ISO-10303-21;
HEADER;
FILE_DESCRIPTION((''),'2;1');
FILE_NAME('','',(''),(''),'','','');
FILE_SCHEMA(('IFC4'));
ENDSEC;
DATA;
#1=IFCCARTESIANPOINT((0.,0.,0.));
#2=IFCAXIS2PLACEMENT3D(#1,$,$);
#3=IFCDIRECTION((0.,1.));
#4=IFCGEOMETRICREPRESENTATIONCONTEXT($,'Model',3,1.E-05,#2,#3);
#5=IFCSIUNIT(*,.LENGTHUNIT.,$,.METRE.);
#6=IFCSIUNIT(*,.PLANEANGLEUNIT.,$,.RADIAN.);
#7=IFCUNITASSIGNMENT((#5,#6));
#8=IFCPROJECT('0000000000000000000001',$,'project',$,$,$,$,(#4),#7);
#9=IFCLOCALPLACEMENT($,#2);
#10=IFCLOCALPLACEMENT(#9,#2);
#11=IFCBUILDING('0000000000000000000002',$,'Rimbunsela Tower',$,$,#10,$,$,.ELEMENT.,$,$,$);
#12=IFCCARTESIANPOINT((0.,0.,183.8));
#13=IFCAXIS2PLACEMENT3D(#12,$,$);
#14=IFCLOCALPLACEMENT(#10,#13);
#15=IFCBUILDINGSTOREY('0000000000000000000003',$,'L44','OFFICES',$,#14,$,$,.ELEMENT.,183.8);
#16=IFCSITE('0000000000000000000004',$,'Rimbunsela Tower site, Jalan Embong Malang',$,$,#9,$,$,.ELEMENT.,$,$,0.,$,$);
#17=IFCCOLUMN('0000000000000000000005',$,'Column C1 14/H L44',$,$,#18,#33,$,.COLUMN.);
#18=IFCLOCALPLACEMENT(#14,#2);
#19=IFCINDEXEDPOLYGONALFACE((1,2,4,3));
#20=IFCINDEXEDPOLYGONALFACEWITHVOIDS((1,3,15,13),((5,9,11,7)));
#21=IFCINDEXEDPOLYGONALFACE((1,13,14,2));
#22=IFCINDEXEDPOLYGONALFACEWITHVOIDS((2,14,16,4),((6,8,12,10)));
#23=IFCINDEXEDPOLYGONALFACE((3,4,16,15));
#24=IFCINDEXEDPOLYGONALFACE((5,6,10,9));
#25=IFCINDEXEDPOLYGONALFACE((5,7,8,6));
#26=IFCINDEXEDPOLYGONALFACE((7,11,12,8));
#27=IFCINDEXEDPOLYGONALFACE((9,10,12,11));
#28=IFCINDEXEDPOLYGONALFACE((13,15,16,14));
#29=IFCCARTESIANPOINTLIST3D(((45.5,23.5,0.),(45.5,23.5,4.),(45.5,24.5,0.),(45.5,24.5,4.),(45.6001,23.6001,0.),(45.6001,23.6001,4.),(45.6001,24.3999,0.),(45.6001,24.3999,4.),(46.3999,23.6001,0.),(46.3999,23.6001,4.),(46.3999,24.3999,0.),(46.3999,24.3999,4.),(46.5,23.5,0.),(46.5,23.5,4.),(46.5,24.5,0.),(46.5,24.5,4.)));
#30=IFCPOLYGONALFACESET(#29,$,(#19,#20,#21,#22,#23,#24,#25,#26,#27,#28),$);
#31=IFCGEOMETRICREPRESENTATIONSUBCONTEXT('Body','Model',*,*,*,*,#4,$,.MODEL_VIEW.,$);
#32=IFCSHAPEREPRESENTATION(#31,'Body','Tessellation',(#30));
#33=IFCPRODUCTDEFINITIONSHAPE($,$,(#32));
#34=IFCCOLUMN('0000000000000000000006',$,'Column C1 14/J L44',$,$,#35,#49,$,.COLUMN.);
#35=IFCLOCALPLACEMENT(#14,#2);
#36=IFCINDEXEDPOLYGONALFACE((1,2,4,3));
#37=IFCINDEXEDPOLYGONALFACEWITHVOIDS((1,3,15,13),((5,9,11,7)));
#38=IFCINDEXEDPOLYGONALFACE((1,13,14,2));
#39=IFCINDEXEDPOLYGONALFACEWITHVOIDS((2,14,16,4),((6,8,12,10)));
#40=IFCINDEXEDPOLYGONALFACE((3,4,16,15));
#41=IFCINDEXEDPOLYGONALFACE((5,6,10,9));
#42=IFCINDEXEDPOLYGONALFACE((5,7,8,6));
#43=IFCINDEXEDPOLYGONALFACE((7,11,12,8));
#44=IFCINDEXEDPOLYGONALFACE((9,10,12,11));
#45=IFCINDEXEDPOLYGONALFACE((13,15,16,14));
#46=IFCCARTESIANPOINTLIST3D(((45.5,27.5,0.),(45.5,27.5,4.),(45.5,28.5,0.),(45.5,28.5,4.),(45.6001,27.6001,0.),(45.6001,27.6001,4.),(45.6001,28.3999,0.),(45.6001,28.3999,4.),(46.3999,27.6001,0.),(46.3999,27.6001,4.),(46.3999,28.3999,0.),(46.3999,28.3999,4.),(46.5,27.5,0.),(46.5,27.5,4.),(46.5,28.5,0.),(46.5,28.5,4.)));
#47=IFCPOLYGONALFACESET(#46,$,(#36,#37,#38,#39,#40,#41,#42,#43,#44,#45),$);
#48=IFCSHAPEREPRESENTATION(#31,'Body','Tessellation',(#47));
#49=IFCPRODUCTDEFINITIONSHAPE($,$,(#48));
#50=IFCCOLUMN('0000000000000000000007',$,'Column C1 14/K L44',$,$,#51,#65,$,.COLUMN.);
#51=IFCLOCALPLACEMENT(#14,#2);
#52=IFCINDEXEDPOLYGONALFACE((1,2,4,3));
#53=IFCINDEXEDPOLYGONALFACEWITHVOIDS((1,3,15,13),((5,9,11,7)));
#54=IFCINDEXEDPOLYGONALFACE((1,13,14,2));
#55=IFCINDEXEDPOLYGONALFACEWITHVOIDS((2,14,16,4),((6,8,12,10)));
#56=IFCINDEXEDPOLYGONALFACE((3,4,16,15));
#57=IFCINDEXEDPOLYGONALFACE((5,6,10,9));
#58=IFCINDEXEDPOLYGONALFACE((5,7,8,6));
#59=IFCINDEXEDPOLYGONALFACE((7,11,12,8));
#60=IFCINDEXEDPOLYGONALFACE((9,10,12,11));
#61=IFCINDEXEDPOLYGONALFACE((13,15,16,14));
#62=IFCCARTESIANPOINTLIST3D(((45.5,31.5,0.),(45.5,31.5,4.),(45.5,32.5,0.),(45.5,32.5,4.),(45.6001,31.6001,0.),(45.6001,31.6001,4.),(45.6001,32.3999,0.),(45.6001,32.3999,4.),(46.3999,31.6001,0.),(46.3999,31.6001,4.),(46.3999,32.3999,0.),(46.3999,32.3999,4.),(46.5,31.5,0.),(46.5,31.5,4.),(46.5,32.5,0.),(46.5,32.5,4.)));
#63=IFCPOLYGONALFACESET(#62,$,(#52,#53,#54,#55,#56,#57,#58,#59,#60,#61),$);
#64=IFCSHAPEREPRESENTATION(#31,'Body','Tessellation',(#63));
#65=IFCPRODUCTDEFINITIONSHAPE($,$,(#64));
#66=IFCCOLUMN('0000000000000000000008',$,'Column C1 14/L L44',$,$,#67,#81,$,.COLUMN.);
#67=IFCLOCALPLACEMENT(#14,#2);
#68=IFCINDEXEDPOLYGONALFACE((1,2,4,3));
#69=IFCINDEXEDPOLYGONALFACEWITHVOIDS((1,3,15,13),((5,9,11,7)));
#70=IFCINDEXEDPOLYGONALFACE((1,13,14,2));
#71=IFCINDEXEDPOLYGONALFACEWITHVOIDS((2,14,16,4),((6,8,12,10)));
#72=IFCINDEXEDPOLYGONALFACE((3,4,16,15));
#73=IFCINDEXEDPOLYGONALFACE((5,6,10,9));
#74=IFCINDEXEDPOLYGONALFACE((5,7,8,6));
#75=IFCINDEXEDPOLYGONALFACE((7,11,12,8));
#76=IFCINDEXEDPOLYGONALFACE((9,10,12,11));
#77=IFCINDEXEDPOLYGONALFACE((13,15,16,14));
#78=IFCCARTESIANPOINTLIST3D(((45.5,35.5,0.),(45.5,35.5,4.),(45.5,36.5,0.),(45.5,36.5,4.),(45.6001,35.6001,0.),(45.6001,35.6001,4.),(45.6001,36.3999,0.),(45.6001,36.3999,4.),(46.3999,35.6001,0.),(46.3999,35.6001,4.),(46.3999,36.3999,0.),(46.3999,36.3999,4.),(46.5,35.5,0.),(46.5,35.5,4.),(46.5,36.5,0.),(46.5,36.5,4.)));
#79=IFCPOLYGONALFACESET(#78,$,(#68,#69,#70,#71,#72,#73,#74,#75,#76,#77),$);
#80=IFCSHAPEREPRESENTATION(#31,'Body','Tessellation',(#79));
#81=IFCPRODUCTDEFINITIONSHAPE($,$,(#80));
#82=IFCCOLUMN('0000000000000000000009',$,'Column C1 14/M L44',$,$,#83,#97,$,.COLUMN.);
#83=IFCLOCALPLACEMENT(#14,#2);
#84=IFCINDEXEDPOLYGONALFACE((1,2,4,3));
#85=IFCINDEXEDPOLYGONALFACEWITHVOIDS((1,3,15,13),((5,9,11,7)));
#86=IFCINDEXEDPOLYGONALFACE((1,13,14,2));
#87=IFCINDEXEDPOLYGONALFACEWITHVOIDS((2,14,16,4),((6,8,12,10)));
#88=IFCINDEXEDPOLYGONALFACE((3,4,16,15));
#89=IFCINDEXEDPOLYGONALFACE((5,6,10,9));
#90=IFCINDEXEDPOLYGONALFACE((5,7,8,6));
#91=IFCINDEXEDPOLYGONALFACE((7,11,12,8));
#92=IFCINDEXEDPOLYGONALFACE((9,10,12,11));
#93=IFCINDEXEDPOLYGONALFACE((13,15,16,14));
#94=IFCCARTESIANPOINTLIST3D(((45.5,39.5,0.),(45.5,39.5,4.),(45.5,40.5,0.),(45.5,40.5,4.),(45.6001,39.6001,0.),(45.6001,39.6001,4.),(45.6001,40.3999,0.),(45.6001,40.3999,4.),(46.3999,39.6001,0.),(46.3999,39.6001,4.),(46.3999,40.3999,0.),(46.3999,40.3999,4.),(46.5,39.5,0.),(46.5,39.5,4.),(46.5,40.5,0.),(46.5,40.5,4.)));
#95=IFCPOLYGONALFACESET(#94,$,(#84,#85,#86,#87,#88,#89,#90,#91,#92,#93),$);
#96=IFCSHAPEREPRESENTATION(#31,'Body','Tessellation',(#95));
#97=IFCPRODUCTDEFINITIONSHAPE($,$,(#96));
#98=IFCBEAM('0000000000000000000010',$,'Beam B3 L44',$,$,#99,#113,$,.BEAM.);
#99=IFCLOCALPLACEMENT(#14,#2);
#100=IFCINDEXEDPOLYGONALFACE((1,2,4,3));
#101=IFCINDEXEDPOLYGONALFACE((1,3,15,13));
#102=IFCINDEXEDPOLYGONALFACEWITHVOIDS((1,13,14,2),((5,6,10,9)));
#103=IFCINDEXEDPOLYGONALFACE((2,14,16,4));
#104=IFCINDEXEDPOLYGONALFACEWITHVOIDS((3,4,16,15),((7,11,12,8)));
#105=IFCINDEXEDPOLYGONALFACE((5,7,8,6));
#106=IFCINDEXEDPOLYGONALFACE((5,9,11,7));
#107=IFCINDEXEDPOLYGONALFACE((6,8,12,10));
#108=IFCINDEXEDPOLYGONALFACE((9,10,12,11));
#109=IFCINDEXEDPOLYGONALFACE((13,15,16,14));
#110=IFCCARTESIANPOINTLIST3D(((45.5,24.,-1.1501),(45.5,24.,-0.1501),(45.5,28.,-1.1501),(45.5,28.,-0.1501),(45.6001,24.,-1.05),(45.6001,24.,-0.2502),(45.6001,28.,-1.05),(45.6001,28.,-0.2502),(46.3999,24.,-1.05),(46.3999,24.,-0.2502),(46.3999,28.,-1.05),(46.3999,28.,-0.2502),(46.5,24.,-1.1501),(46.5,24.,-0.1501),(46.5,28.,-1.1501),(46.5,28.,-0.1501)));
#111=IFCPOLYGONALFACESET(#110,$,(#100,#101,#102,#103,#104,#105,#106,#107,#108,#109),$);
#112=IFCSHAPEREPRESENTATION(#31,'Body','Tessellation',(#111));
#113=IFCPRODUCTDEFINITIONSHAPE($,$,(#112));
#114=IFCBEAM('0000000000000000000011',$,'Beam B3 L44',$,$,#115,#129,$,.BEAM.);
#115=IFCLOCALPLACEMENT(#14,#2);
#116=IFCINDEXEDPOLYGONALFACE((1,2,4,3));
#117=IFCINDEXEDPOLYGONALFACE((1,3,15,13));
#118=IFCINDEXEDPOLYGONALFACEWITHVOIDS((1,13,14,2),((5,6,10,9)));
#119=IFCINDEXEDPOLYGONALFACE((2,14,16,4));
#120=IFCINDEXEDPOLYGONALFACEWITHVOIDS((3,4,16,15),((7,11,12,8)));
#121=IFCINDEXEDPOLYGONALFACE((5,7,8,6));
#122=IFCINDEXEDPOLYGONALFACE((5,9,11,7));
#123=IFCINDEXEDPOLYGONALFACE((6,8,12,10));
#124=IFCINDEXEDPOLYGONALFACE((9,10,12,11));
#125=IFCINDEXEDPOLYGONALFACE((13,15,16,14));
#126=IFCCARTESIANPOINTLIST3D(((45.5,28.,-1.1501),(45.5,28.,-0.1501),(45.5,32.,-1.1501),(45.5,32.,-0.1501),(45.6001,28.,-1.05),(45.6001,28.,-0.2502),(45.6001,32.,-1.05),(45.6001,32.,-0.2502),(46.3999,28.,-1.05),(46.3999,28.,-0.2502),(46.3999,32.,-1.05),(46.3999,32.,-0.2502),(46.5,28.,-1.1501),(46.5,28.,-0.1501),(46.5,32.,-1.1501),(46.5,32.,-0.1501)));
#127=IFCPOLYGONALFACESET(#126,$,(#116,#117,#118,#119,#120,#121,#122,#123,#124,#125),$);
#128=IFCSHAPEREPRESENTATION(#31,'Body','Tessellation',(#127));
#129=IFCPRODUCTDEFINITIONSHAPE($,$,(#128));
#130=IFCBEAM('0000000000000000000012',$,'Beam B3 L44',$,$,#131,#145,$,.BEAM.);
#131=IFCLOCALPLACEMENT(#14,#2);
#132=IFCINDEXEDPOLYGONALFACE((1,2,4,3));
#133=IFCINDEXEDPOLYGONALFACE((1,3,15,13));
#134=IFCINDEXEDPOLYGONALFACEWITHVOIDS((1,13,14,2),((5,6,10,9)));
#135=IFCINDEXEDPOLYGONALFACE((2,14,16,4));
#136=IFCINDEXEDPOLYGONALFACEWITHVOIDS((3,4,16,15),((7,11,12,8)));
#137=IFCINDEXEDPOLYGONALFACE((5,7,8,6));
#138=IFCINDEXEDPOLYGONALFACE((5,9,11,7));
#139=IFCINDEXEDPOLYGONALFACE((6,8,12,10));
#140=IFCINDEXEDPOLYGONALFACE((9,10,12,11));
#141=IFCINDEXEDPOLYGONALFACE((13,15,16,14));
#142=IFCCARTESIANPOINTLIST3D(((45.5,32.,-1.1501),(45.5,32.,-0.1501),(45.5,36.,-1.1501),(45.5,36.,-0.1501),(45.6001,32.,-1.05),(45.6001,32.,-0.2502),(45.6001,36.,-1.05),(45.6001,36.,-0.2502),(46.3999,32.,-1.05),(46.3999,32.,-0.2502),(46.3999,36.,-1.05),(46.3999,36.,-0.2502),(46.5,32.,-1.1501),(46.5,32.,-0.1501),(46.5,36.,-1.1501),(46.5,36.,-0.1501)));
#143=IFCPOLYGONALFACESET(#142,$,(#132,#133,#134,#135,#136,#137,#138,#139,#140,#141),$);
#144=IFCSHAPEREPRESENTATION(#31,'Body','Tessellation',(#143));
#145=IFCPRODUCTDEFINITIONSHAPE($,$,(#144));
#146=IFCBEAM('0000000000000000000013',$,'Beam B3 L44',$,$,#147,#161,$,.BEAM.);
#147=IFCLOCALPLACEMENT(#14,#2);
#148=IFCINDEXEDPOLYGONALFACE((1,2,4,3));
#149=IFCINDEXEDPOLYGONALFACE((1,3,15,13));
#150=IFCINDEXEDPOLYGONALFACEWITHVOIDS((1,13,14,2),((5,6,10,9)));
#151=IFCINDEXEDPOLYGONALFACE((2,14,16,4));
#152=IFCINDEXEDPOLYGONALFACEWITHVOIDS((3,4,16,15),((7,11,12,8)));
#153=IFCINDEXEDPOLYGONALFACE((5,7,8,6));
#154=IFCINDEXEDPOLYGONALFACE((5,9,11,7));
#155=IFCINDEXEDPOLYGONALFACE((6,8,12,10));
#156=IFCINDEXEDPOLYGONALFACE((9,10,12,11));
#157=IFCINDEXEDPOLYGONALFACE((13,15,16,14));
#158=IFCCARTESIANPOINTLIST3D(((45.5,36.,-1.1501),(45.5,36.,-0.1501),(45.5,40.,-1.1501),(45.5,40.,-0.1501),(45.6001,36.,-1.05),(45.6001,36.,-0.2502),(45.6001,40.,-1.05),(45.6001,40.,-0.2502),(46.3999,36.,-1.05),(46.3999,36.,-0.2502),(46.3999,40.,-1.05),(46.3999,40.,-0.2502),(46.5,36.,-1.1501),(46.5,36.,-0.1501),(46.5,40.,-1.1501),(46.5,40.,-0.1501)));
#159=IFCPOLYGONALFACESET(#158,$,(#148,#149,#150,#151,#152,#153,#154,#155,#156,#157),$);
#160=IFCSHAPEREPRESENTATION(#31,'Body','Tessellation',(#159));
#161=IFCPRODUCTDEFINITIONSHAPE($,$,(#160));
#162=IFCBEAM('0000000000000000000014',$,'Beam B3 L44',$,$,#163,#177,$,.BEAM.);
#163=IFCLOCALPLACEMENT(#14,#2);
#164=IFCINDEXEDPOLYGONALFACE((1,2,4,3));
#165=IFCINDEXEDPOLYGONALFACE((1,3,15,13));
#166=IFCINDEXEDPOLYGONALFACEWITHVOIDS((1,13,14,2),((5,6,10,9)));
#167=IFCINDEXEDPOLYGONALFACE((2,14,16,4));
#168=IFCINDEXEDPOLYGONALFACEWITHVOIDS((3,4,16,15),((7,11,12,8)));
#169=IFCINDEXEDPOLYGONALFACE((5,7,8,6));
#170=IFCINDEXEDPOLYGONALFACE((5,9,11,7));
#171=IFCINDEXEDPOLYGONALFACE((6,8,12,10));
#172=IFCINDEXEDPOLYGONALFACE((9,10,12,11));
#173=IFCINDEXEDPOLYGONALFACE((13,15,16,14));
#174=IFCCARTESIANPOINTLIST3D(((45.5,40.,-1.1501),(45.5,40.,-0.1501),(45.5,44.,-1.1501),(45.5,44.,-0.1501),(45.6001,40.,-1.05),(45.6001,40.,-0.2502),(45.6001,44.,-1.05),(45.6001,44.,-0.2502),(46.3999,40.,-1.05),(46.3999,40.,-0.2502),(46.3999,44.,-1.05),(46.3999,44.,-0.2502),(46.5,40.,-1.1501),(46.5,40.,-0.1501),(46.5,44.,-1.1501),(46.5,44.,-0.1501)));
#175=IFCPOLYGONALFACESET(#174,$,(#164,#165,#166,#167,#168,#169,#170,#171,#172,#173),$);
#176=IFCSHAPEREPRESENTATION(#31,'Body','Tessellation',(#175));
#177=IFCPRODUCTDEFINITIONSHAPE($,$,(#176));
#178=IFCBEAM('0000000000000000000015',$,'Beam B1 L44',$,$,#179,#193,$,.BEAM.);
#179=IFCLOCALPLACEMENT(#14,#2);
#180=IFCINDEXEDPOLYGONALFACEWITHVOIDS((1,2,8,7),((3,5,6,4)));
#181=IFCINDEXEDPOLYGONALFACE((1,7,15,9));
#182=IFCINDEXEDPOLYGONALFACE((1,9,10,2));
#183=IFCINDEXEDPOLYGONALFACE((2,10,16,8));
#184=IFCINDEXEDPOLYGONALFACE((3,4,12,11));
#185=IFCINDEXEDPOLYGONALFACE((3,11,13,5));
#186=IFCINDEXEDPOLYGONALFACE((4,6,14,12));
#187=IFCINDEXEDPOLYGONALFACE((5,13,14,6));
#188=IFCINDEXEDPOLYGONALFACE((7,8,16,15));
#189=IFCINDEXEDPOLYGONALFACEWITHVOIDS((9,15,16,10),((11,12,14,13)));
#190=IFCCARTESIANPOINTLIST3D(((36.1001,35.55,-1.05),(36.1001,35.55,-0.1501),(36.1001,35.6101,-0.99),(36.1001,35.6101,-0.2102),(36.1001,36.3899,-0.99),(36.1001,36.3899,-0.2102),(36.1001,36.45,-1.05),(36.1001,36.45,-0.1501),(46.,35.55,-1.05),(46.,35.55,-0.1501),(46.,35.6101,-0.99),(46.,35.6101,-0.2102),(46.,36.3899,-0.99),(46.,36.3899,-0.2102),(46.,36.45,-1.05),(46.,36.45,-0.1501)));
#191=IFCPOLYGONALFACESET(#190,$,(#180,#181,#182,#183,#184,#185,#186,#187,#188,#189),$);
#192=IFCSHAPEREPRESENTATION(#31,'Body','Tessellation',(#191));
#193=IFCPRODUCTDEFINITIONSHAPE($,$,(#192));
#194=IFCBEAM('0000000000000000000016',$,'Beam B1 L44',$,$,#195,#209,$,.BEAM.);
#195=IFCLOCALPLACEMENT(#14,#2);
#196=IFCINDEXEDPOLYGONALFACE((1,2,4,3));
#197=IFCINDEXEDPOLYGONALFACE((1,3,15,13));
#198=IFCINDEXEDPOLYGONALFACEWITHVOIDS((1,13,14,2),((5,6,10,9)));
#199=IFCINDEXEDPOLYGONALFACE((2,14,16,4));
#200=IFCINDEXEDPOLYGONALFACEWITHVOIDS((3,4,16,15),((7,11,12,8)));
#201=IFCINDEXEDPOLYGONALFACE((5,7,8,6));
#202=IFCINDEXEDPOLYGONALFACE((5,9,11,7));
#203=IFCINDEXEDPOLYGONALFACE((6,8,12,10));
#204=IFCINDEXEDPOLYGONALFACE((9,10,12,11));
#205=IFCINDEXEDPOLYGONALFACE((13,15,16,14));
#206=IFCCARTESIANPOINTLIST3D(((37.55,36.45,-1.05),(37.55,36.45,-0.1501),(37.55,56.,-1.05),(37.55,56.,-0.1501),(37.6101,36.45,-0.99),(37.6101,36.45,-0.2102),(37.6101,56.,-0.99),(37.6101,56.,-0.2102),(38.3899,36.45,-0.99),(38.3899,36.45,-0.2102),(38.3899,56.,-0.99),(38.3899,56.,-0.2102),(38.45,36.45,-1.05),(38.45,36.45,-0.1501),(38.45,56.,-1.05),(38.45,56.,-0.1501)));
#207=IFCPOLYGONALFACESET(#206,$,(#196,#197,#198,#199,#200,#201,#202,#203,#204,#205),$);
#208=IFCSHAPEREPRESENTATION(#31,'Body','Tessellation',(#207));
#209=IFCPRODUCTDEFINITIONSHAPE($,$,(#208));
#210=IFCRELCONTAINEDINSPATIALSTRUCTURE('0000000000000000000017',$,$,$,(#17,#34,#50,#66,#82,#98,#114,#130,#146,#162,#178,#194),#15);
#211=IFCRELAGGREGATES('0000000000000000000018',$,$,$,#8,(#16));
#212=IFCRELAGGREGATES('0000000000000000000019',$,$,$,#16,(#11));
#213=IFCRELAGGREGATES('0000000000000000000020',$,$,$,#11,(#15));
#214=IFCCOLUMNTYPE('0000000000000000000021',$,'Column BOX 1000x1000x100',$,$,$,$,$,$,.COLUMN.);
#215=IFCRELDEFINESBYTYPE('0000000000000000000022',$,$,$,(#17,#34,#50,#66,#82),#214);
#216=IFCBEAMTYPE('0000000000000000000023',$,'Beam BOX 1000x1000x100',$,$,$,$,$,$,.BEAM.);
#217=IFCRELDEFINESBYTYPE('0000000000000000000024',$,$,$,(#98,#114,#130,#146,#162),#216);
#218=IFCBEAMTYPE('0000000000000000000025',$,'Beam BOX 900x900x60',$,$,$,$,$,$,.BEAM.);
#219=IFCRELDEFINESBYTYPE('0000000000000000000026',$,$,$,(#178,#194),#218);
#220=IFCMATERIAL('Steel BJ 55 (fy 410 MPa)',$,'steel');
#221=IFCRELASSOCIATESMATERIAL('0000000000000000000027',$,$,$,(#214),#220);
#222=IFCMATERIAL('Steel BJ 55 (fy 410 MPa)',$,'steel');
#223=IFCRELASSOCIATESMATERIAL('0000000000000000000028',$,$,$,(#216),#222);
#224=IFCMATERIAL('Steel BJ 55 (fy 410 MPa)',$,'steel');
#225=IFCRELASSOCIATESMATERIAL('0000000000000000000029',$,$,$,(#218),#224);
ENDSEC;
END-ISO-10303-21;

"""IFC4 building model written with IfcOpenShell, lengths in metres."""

from ifc_helpers import new_model, si_unit, direction, frame, origin, origin_2d, place, context, subcontext, project, spatial, hollow_rectangle, extrude, material, material_profile, profile_set, type_object, element, save


model = new_model("IFC4")

# Units and contexts
model_context = context("Model", 3, precision=1e-05, world=origin(), true_north=direction((0.0, 1.0)))
body_context = subcontext(model_context, "Body", "Model", "MODEL_VIEW")
ifc_project = project(units=[si_unit("LENGTHUNIT", "METRE"), si_unit("PLANEANGLEUNIT", "RADIAN")], contexts=[model_context])

# Site, building, storey
site_placement = place(None, origin())
site = spatial("IfcSite", under=ifc_project, at=site_placement, Name="Rimbunsela Tower site, Jalan Embong Malang", CompositionType="ELEMENT", RefElevation=0.0)
building_placement = place(site_placement, origin())
building = spatial("IfcBuilding", under=site, at=building_placement, Name="Rimbunsela Tower", CompositionType="ELEMENT")
storey_placement = place(building_placement, frame((0.0, 0.0, 183.8)))
storey = spatial("IfcBuildingStorey", under=building, at=storey_placement, Name="L44", Description="OFFICES", CompositionType="ELEMENT", Elevation=183.8)

# Columns
ifc_material_1 = material(Name="Steel BJ 55 (fy 410 MPa)", Category="steel")
ifc_material_profile_1 = material_profile(ifc_material_1, hollow_rectangle(XDim=1.0, YDim=1.0, WallThickness=0.1001, at=origin_2d()), Name="BOX 1000x1000x100")
ifc_profile_set_1 = profile_set([ifc_material_profile_1], Name="Steel BJ 55 (fy 410 MPa)")
column_type = type_object("IfcColumnType", Name="Column BOX 1000x1000x100", PredefinedType="COLUMN", material=ifc_profile_set_1)
for number, where, z_axis, x_axis, name in (
    (1, (46.0, 24.0, 0.0), (0.0, 0.0, 1.0), (1.0, 0.0, 0.0), "Column C1 14/H L44"),
    (2, (46.0, 28.0, 0.0), (0.0, 0.0, 1.0), (1.0, 0.0, 0.0), "Column C1 14/J L44"),
    (3, (46.0, 32.0, 0.0), (0.0, 0.0, 1.0), (1.0, 0.0, 0.0), "Column C1 14/K L44"),
    (4, (46.0, 36.0, 0.0), (0.0, 0.0, 1.0), (1.0, 0.0, 0.0), "Column C1 14/L L44"),
    (5, (46.0, 40.0, 0.0), (0.0, 0.0, 1.0), (1.0, 0.0, 0.0), "Column C1 14/M L44"),
):
    element("IfcColumn", number, at=place(storey_placement, frame(where, z_axis=z_axis, x_axis=x_axis)), inside=storey, type_object=column_type, Name=name, PredefinedType="COLUMN", context=body_context, shape_type="SweptSolid", body=[
        extrude(hollow_rectangle(XDim=1.0, YDim=1.0, WallThickness=0.1001, at=origin_2d()), origin(), (0.0, 0.0, 1.0), 4.0),
    ])

# Beams
ifc_material_2 = material(Name="Steel BJ 55 (fy 410 MPa)", Category="steel")
ifc_material_profile_2 = material_profile(ifc_material_2, hollow_rectangle(XDim=1.0, YDim=1.0, WallThickness=0.1001, at=origin_2d()), Name="BOX 1000x1000x100")
ifc_profile_set_2 = profile_set([ifc_material_profile_2], Name="Steel BJ 55 (fy 410 MPa)")
beam_type_1 = type_object("IfcBeamType", Name="Beam BOX 1000x1000x100", PredefinedType="BEAM", material=ifc_profile_set_2)
for number, where, z_axis, x_axis, name in (
    (6, (46.0, 24.0, -0.6501), (0.0, 1.0, 0.0), (-1.0, 0.0, 0.0), "Beam B3 L44"),
    (7, (46.0, 28.0, -0.6501), (0.0, 1.0, 0.0), (-1.0, 0.0, 0.0), "Beam B3 L44"),
    (8, (46.0, 32.0, -0.6501), (0.0, 1.0, 0.0), (-1.0, 0.0, 0.0), "Beam B3 L44"),
    (9, (46.0, 36.0, -0.6501), (0.0, 1.0, 0.0), (-1.0, 0.0, 0.0), "Beam B3 L44"),
    (10, (46.0, 40.0, -0.6501), (0.0, 1.0, 0.0), (-1.0, 0.0, 0.0), "Beam B3 L44"),
):
    element("IfcBeam", number, at=place(storey_placement, frame(where, z_axis=z_axis, x_axis=x_axis)), inside=storey, type_object=beam_type_1, Name=name, PredefinedType="BEAM", context=body_context, shape_type="SweptSolid", body=[
        extrude(hollow_rectangle(XDim=1.0, YDim=1.0, WallThickness=0.1001, at=origin_2d()), origin(), (0.0, 0.0, 1.0), 4.0),
    ])
ifc_material_3 = material(Name="Steel BJ 55 (fy 410 MPa)", Category="steel")
ifc_material_profile_3 = material_profile(ifc_material_3, hollow_rectangle(XDim=0.8999, YDim=0.8999, WallThickness=0.0601, at=origin_2d()), Name="BOX 900x900x60")
ifc_profile_set_3 = profile_set([ifc_material_profile_3], Name="Steel BJ 55 (fy 410 MPa)")
beam_type_2 = type_object("IfcBeamType", Name="Beam BOX 900x900x60", PredefinedType="BEAM", material=ifc_profile_set_3)
beam_1_placement = place(storey_placement, frame((36.1001, 36.0, -0.6001), z_axis=(1.0, 0.0, 0.0), x_axis=(0.0, 1.0, 0.0)))
element("IfcBeam", 11, at=beam_1_placement, inside=storey, type_object=beam_type_2, Name="Beam B1 L44", PredefinedType="BEAM", context=body_context, shape_type="SweptSolid", body=[
    extrude(hollow_rectangle(XDim=0.8999, YDim=0.8999, WallThickness=0.0601, at=origin_2d()), origin(), (0.0, 0.0, 1.0), 9.8999),
])
beam_2_placement = place(storey_placement, frame((38.0, 36.45, -0.6001), z_axis=(0.0, 1.0, 0.0), x_axis=(-1.0, 0.0, 0.0)))
element("IfcBeam", 12, at=beam_2_placement, inside=storey, type_object=beam_type_2, Name="Beam B1 L44", PredefinedType="BEAM", context=body_context, shape_type="SweptSolid", body=[
    extrude(hollow_rectangle(XDim=0.8999, YDim=0.8999, WallThickness=0.0601, at=origin_2d()), origin(), (0.0, 0.0, 1.0), 19.55),
])

save(model, "model.ifc")
